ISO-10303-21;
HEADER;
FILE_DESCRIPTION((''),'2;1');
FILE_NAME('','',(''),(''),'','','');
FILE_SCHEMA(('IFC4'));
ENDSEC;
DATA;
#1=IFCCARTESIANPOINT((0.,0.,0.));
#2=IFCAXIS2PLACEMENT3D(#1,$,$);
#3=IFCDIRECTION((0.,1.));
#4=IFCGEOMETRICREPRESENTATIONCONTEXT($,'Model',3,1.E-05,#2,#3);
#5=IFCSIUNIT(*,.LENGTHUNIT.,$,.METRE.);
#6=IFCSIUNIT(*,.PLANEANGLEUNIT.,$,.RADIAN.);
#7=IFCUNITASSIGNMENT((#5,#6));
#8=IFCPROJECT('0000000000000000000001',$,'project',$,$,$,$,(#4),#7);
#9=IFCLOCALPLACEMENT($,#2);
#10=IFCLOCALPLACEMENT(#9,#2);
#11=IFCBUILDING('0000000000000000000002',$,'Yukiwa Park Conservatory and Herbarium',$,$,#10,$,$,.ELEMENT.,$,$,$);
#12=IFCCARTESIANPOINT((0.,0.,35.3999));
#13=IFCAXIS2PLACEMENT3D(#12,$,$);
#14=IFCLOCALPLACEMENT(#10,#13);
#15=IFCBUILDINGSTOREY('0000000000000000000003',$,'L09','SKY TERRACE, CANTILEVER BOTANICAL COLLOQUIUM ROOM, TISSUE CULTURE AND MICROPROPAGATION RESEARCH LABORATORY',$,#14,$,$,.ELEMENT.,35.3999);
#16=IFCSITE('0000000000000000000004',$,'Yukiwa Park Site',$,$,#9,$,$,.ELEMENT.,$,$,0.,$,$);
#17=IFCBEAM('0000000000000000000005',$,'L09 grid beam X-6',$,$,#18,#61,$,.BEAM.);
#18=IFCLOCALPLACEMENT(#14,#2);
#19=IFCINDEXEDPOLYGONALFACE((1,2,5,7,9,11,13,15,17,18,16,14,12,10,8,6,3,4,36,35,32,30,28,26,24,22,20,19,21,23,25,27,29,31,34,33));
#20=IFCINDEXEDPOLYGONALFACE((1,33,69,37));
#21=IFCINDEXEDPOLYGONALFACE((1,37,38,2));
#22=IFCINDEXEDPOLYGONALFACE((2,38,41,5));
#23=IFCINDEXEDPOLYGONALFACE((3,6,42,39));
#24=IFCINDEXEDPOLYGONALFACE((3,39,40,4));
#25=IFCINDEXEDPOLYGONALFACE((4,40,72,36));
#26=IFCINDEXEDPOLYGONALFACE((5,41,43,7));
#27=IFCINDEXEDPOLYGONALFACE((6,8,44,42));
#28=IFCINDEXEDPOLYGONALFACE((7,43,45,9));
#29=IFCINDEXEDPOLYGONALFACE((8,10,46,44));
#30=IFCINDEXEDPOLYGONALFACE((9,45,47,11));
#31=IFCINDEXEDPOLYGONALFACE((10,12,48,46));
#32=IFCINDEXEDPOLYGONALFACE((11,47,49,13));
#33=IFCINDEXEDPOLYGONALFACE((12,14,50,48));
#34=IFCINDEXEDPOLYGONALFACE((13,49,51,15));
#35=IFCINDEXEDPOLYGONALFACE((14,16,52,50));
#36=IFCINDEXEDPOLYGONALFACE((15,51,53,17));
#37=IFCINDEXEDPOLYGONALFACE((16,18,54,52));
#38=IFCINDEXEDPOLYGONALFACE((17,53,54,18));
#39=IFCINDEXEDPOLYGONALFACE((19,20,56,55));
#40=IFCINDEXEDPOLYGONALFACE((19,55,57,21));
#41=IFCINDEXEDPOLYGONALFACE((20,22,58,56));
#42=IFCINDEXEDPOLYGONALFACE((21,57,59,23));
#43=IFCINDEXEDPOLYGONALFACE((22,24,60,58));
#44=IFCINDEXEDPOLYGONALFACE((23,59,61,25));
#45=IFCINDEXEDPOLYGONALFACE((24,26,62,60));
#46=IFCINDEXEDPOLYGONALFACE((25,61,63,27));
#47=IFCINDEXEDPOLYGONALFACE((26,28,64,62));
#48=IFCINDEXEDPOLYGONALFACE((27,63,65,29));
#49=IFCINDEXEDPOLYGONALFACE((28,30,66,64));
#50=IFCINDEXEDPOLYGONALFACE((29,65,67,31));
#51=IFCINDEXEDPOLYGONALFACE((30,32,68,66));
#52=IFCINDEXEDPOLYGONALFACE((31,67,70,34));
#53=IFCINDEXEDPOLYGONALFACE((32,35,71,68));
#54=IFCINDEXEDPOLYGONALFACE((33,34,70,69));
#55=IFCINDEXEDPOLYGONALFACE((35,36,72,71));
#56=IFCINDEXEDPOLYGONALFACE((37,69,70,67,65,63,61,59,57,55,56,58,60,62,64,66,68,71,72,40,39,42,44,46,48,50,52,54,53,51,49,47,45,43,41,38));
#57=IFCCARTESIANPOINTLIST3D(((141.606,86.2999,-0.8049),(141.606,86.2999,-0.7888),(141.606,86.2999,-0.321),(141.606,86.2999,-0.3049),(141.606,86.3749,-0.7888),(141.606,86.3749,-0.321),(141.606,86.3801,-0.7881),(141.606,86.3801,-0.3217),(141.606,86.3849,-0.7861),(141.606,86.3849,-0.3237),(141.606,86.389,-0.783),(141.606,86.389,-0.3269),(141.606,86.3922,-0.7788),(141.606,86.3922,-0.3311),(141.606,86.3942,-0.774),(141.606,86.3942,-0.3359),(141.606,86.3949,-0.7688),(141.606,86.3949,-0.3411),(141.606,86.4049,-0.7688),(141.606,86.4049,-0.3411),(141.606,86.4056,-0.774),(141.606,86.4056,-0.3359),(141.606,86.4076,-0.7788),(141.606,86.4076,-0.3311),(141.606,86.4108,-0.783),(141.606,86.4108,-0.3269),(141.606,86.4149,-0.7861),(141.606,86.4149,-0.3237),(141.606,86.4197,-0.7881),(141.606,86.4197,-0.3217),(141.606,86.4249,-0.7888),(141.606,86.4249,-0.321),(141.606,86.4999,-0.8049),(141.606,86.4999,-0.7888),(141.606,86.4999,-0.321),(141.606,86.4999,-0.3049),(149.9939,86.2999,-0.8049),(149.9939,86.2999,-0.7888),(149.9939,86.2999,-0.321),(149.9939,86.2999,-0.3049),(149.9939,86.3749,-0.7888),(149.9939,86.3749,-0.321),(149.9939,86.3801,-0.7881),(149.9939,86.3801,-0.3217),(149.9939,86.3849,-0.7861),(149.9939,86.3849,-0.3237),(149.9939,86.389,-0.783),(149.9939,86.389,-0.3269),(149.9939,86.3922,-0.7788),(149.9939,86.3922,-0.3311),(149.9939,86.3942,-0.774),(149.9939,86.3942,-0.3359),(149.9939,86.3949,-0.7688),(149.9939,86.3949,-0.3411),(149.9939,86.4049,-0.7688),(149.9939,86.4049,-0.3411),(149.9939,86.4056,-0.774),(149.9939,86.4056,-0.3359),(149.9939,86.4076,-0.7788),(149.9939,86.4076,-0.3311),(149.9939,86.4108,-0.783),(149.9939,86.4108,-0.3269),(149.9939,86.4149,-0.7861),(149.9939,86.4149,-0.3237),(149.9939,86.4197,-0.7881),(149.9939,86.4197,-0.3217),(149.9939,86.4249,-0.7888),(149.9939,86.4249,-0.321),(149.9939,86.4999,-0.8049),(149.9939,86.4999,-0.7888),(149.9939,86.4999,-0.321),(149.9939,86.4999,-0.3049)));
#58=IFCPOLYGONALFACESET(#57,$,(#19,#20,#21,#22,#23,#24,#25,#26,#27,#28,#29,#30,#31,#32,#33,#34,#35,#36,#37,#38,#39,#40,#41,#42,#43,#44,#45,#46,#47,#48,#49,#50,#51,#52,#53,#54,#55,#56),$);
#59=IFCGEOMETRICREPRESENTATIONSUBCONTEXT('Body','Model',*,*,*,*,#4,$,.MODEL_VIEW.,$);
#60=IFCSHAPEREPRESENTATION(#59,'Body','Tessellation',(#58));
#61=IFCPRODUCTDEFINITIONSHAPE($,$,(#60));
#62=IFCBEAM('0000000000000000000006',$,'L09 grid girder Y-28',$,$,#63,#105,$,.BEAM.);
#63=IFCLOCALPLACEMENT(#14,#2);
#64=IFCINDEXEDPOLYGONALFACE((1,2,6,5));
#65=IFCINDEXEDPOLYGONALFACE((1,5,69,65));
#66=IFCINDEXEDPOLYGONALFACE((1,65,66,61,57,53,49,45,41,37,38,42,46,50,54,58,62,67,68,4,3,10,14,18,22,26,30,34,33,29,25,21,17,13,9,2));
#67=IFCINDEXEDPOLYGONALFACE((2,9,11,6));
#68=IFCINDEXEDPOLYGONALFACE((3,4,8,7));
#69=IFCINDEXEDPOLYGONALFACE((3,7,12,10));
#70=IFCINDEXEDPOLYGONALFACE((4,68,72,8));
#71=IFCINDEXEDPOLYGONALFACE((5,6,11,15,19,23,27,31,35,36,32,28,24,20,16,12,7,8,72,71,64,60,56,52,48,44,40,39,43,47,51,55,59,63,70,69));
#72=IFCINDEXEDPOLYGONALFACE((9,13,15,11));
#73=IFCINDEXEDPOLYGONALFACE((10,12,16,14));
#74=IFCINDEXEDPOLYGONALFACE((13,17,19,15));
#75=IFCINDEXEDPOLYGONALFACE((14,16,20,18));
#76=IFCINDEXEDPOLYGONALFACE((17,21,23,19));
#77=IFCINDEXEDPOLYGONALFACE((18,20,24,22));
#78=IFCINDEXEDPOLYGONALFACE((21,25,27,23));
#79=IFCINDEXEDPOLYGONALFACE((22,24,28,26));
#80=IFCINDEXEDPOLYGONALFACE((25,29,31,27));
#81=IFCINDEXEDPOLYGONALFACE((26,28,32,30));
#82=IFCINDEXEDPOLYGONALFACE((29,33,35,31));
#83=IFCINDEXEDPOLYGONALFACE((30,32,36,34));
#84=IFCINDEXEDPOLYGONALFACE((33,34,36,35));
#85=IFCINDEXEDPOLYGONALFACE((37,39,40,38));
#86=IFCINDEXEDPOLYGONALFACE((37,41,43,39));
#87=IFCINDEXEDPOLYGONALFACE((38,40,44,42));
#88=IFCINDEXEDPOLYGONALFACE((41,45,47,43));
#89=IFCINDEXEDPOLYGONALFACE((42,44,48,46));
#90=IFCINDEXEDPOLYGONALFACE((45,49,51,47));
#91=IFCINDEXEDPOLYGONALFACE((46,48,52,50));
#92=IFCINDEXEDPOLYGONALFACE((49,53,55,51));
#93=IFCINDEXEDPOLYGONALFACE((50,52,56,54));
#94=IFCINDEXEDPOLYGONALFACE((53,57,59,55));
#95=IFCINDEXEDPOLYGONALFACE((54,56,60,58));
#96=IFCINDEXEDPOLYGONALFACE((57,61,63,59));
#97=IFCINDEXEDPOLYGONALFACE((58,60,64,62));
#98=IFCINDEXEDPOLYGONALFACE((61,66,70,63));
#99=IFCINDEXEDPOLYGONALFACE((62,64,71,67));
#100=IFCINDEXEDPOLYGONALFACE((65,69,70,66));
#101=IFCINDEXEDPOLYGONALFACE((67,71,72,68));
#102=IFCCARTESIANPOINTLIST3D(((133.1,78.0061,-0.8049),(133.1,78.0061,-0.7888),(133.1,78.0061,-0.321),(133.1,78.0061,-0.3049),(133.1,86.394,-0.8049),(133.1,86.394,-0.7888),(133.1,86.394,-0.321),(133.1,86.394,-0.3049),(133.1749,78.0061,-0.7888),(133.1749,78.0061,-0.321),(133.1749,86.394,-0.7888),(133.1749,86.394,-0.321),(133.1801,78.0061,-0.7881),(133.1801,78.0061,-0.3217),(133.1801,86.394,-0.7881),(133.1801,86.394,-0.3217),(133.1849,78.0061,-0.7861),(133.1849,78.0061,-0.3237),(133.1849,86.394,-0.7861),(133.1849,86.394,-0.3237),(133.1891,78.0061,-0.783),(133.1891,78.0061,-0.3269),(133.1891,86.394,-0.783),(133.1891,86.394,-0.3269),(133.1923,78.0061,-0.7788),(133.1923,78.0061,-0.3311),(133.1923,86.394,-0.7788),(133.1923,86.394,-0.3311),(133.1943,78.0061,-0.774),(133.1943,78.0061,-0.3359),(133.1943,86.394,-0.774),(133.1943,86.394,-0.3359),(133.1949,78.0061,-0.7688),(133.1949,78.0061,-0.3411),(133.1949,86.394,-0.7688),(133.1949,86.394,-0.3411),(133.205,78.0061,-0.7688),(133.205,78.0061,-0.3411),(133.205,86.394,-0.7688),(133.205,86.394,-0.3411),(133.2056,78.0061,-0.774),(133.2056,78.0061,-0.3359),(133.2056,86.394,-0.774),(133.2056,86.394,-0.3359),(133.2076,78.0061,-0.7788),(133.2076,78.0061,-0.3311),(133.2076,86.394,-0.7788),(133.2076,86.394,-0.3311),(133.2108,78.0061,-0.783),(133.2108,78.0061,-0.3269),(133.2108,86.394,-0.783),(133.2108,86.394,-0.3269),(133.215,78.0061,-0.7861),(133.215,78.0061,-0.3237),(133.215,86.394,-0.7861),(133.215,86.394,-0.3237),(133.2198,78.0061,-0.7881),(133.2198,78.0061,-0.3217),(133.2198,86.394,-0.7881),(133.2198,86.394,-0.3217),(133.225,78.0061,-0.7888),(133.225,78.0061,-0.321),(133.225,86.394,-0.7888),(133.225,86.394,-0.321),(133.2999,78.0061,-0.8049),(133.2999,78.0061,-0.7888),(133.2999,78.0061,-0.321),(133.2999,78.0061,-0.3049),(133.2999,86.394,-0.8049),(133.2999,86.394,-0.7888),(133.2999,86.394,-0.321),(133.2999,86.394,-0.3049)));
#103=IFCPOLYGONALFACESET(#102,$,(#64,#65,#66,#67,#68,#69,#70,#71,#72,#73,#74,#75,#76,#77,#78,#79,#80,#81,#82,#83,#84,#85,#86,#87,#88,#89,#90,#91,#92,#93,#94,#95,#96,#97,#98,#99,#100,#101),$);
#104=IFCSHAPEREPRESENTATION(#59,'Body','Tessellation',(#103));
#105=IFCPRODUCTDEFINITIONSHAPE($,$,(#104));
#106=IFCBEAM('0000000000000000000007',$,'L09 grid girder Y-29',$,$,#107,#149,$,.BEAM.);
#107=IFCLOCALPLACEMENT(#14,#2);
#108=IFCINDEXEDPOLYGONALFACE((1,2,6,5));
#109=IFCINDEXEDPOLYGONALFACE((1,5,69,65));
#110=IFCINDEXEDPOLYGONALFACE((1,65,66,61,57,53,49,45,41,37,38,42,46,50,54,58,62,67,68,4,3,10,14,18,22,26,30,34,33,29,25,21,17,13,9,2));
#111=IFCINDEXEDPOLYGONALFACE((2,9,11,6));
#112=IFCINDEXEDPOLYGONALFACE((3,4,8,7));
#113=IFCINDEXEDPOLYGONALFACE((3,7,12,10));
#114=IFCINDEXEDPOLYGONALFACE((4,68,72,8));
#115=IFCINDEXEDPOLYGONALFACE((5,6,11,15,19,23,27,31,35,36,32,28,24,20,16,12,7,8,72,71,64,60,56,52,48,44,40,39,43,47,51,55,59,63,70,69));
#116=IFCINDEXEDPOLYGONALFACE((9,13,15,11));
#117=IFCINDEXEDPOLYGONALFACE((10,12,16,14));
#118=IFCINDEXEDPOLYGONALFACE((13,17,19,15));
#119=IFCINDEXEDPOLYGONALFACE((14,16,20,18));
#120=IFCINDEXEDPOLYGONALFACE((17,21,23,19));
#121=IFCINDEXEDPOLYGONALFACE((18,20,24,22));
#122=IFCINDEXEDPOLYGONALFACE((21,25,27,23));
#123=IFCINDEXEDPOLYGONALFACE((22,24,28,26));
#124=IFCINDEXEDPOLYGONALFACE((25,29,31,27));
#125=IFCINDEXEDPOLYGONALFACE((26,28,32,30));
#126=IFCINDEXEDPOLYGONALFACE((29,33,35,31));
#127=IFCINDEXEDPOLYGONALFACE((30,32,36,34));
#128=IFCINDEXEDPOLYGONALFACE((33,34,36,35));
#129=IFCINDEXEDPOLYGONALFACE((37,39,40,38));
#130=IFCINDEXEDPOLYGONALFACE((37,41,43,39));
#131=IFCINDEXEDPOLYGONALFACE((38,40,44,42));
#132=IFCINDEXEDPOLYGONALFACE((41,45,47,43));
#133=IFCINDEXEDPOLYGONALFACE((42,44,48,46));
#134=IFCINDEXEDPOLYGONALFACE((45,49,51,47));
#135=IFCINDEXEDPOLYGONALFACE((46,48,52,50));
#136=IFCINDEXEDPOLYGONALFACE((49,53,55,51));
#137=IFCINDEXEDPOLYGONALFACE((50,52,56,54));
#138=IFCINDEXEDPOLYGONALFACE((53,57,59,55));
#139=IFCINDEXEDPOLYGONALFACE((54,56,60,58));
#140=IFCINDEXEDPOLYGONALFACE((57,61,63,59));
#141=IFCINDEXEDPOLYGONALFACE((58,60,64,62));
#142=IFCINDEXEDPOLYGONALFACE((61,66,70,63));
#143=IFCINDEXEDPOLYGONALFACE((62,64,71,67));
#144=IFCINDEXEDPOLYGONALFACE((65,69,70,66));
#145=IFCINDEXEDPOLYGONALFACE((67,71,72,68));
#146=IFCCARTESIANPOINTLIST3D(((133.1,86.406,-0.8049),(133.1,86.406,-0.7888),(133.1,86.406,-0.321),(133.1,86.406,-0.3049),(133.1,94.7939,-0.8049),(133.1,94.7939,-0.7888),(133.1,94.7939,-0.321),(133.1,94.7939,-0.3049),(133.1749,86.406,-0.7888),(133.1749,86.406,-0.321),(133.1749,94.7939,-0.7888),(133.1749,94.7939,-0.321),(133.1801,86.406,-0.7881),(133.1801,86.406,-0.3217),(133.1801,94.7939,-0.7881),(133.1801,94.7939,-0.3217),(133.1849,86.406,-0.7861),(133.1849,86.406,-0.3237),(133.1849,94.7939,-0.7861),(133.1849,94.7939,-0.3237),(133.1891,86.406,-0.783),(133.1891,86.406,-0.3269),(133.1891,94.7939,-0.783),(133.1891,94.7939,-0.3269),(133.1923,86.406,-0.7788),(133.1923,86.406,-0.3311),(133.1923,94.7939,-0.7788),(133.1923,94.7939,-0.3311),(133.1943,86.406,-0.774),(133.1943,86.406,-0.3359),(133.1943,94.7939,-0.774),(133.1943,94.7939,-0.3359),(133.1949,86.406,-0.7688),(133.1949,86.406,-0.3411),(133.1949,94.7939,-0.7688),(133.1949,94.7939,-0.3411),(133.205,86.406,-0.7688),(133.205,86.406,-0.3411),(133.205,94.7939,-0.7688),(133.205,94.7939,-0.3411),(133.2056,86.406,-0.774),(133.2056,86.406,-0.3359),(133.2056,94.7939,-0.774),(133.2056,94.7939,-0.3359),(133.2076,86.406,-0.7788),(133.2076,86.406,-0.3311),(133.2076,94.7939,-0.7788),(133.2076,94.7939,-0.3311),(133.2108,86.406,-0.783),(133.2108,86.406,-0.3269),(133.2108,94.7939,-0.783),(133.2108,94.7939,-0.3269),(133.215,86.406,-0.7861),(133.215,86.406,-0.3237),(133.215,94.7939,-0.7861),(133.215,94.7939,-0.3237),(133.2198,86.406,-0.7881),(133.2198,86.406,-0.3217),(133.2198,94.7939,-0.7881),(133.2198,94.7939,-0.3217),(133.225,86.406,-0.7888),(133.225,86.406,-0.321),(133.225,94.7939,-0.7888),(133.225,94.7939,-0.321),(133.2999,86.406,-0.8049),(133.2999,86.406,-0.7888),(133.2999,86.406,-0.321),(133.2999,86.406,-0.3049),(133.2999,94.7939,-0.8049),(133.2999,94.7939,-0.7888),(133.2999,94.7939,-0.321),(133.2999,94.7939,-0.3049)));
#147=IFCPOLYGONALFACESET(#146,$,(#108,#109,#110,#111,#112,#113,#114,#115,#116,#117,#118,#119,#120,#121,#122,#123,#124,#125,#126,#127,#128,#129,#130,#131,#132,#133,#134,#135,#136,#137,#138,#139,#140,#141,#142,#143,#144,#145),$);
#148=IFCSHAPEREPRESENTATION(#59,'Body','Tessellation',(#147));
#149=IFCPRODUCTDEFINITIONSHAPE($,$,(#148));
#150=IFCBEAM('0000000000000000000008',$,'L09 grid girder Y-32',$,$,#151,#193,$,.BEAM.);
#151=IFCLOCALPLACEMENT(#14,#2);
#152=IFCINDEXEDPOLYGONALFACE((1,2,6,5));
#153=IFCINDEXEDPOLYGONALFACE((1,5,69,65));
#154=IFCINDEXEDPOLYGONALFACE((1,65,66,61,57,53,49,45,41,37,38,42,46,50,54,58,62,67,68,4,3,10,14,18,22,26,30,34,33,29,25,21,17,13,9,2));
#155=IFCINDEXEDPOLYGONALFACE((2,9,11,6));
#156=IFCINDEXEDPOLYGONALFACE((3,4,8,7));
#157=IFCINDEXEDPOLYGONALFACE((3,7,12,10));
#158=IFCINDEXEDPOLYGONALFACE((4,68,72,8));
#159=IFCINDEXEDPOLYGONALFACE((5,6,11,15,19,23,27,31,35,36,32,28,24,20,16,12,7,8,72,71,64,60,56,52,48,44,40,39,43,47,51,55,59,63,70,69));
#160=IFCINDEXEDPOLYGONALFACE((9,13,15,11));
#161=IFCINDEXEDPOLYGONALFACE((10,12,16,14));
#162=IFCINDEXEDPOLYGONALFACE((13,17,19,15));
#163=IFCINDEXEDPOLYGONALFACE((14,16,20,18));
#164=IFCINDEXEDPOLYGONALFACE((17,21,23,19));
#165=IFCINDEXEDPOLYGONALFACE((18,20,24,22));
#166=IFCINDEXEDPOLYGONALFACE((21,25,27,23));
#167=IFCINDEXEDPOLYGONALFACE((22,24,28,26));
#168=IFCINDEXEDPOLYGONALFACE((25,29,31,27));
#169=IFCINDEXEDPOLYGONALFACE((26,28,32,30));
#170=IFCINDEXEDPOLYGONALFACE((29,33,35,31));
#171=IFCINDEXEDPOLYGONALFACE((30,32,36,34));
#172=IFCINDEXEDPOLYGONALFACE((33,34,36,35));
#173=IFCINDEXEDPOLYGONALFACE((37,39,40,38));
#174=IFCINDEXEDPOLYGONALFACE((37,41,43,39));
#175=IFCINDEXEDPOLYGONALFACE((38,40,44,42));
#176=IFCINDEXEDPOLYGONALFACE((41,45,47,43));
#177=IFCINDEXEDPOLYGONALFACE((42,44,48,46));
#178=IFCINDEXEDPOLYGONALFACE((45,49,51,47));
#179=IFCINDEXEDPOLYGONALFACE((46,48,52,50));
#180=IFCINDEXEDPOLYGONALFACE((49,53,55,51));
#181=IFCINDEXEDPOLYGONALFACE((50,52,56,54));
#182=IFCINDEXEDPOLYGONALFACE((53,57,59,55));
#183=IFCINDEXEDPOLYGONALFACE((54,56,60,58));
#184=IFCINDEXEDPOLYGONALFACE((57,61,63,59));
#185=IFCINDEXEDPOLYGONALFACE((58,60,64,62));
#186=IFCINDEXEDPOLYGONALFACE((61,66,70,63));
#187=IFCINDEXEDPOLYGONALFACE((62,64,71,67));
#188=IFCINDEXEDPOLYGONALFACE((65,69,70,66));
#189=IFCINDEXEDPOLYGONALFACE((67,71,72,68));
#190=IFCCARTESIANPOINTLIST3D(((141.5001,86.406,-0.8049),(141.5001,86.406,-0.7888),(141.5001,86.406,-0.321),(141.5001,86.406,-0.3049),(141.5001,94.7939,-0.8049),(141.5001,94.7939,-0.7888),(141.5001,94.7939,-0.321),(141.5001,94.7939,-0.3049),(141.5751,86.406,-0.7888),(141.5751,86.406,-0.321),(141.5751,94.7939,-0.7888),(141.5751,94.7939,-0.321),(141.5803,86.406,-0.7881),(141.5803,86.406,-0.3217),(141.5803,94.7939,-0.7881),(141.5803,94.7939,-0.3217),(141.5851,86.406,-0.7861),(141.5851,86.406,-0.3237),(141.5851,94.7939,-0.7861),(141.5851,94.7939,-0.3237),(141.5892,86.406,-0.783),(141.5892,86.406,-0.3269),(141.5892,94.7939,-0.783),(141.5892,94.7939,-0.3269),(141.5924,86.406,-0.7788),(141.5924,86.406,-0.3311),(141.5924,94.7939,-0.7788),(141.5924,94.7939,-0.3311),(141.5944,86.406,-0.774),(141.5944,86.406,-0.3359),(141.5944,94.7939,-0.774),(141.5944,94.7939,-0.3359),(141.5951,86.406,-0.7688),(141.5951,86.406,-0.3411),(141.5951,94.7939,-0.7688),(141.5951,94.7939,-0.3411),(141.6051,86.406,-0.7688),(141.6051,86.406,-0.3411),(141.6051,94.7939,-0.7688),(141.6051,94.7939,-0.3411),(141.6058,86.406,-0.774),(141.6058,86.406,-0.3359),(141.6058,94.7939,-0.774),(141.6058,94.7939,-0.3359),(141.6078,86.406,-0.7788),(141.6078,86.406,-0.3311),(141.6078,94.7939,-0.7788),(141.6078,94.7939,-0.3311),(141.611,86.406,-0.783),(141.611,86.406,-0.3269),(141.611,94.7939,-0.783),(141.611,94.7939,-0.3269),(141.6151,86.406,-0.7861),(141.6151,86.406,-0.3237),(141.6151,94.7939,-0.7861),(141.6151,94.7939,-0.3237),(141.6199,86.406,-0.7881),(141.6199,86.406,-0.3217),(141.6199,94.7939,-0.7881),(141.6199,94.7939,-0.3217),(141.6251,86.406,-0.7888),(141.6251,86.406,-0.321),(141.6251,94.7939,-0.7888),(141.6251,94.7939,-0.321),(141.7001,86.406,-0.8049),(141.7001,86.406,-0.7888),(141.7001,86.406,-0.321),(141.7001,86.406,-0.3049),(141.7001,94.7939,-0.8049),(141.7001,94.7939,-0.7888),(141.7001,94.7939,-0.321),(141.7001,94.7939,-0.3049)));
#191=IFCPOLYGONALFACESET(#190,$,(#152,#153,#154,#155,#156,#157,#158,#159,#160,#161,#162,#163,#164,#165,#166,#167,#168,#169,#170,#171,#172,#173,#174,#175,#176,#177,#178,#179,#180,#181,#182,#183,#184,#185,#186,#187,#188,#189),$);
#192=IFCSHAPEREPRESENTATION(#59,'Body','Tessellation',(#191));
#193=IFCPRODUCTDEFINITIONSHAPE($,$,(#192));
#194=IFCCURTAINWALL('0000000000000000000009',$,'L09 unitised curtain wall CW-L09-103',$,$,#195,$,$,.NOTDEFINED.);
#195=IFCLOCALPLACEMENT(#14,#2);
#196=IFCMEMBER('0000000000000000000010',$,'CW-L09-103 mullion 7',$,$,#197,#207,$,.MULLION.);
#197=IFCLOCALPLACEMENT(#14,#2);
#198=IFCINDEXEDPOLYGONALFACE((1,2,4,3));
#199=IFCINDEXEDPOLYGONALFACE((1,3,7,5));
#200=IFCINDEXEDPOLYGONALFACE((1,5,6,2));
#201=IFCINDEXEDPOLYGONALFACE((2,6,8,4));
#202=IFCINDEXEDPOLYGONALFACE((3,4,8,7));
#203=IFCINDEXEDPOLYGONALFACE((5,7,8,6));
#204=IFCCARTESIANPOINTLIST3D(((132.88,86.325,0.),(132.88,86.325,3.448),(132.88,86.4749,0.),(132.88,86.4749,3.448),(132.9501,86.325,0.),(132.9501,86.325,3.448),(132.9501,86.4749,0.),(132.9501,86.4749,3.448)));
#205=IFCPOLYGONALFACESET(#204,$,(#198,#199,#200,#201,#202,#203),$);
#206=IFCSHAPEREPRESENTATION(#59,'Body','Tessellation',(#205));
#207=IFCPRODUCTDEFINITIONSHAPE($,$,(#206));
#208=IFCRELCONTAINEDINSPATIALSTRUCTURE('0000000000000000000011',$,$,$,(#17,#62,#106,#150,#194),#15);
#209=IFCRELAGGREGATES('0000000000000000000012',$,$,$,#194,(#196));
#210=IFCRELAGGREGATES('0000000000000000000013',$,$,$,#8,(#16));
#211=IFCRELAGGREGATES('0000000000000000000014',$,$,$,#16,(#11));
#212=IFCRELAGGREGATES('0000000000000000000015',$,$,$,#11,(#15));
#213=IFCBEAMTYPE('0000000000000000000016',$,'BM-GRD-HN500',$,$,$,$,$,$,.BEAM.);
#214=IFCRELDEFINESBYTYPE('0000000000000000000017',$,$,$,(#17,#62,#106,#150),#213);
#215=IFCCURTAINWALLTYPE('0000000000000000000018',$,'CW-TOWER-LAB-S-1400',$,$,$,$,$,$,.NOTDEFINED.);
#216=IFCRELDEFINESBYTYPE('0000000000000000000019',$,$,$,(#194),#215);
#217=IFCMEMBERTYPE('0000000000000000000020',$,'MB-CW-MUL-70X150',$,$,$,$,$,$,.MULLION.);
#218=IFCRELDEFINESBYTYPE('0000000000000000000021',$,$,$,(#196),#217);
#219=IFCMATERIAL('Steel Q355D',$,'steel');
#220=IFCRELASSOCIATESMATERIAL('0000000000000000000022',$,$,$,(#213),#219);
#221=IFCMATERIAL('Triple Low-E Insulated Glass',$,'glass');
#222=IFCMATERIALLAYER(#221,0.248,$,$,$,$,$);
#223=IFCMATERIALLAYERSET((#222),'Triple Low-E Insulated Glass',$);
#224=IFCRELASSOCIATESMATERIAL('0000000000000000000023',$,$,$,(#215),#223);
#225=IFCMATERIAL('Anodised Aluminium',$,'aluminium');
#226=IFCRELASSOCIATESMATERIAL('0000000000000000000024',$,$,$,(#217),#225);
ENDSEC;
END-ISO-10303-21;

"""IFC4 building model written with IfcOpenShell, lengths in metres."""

from ifc_helpers import new_model, si_unit, direction, frame, origin, origin_2d, place, context, subcontext, project, spatial, rectangle, i_section, extrude, material, layer, layer_set, material_profile, profile_set, type_object, element, aggregate, save


model = new_model("IFC4")

# Units and contexts
model_context = context("Model", 3, precision=1e-05, world=origin(), true_north=direction((0.0, 1.0)))
body_context = subcontext(model_context, "Body", "Model", "MODEL_VIEW")
ifc_project = project(units=[si_unit("LENGTHUNIT", "METRE"), si_unit("PLANEANGLEUNIT", "RADIAN")], contexts=[model_context])

# Site, building, storey
site_placement = place(None, origin())
site = spatial("IfcSite", under=ifc_project, at=site_placement, Name="Yukiwa Park Site", CompositionType="ELEMENT", RefElevation=0.0)
building_placement = place(site_placement, origin())
building = spatial("IfcBuilding", under=site, at=building_placement, Name="Yukiwa Park Conservatory and Herbarium", CompositionType="ELEMENT")
storey_placement = place(building_placement, frame((0.0, 0.0, 35.3999)))
storey = spatial("IfcBuildingStorey", under=building, at=storey_placement, Name="L09", Description="SKY TERRACE, CANTILEVER BOTANICAL COLLOQUIUM ROOM, TISSUE CULTURE AND MICROPROPAGATION RESEARCH LABORATORY", CompositionType="ELEMENT", Elevation=35.3999)

# Beams
ifc_material_1 = material(Name="Steel Q355D", Category="steel")
ifc_material_profile_1 = material_profile(ifc_material_1, i_section(OverallWidth=0.2, OverallDepth=0.5, WebThickness=0.01, FlangeThickness=0.0161, FilletRadius=0.02, at=origin_2d()), Name="HN 500x200x10x16")
ifc_profile_set_1 = profile_set([ifc_material_profile_1], Name="Steel Q355D")
beam_type = type_object("IfcBeamType", Name="BM-GRD-HN500", PredefinedType="BEAM", material=ifc_profile_set_1)
for number, where, z_axis, x_axis, name in (
    (1, (141.606, 86.3999, -0.5549), (1.0, 0.0, 0.0), (0.0, 1.0, 0.0), "L09 grid beam X-6"),
    (2, (133.2, 78.0061, -0.5549), (0.0, 1.0, 0.0), (-1.0, 0.0, 0.0), "L09 grid girder Y-28"),
    (3, (133.2, 86.406, -0.5549), (0.0, 1.0, 0.0), (-1.0, 0.0, 0.0), "L09 grid girder Y-29"),
    (4, (141.6001, 86.406, -0.5549), (0.0, 1.0, 0.0), (-1.0, 0.0, 0.0), "L09 grid girder Y-32"),
):
    element("IfcBeam", number, at=place(storey_placement, frame(where, z_axis=z_axis, x_axis=x_axis)), inside=storey, type_object=beam_type, Name=name, PredefinedType="BEAM", context=body_context, shape_type="SweptSolid", body=[
        extrude(i_section(OverallWidth=0.2, OverallDepth=0.5, WebThickness=0.01, FlangeThickness=0.0161, FilletRadius=0.02, at=origin_2d()), origin(), (0.0, 0.0, 1.0), 8.3879),
    ])

# Curtain wall, member
ifc_material_2 = material(Name="Triple Low-E Insulated Glass", Category="glass")
ifc_layer_1 = layer(ifc_material_2, 0.248)
ifc_layer_set_1 = layer_set([ifc_layer_1], Name="Triple Low-E Insulated Glass")
curtain_wall_type = type_object("IfcCurtainWallType", Name="CW-TOWER-LAB-S-1400", PredefinedType="NOTDEFINED", material=ifc_layer_set_1)
curtain_wall_1_placement = place(storey_placement, origin())
curtain_wall_1 = element("IfcCurtainWall", 5, at=curtain_wall_1_placement, inside=storey, type_object=curtain_wall_type, Name="L09 unitised curtain wall CW-L09-103", PredefinedType="NOTDEFINED")
ifc_material_3 = material(Name="Anodised Aluminium", Category="aluminium")
member_type_1 = type_object("IfcMemberType", Name="MB-CW-MUL-70X150", PredefinedType="MULLION", material=ifc_material_3)
member_1_placement = place(storey_placement, frame((132.915, 86.3999, 0.0), z_axis=(0.0, 0.0, 1.0), x_axis=(1.0, 0.0, 0.0)))
member_1 = element("IfcMember", 6, at=member_1_placement, type_object=member_type_1, Name="CW-L09-103 mullion 7", PredefinedType="MULLION", context=body_context, shape_type="SweptSolid", body=[
    extrude(rectangle(XDim=0.0701, YDim=0.1499, at=origin_2d()), origin(), (0.0, 0.0, 1.0), 3.448),
])

aggregate(curtain_wall_1, [member_1])

save(model, "model.ifc")
